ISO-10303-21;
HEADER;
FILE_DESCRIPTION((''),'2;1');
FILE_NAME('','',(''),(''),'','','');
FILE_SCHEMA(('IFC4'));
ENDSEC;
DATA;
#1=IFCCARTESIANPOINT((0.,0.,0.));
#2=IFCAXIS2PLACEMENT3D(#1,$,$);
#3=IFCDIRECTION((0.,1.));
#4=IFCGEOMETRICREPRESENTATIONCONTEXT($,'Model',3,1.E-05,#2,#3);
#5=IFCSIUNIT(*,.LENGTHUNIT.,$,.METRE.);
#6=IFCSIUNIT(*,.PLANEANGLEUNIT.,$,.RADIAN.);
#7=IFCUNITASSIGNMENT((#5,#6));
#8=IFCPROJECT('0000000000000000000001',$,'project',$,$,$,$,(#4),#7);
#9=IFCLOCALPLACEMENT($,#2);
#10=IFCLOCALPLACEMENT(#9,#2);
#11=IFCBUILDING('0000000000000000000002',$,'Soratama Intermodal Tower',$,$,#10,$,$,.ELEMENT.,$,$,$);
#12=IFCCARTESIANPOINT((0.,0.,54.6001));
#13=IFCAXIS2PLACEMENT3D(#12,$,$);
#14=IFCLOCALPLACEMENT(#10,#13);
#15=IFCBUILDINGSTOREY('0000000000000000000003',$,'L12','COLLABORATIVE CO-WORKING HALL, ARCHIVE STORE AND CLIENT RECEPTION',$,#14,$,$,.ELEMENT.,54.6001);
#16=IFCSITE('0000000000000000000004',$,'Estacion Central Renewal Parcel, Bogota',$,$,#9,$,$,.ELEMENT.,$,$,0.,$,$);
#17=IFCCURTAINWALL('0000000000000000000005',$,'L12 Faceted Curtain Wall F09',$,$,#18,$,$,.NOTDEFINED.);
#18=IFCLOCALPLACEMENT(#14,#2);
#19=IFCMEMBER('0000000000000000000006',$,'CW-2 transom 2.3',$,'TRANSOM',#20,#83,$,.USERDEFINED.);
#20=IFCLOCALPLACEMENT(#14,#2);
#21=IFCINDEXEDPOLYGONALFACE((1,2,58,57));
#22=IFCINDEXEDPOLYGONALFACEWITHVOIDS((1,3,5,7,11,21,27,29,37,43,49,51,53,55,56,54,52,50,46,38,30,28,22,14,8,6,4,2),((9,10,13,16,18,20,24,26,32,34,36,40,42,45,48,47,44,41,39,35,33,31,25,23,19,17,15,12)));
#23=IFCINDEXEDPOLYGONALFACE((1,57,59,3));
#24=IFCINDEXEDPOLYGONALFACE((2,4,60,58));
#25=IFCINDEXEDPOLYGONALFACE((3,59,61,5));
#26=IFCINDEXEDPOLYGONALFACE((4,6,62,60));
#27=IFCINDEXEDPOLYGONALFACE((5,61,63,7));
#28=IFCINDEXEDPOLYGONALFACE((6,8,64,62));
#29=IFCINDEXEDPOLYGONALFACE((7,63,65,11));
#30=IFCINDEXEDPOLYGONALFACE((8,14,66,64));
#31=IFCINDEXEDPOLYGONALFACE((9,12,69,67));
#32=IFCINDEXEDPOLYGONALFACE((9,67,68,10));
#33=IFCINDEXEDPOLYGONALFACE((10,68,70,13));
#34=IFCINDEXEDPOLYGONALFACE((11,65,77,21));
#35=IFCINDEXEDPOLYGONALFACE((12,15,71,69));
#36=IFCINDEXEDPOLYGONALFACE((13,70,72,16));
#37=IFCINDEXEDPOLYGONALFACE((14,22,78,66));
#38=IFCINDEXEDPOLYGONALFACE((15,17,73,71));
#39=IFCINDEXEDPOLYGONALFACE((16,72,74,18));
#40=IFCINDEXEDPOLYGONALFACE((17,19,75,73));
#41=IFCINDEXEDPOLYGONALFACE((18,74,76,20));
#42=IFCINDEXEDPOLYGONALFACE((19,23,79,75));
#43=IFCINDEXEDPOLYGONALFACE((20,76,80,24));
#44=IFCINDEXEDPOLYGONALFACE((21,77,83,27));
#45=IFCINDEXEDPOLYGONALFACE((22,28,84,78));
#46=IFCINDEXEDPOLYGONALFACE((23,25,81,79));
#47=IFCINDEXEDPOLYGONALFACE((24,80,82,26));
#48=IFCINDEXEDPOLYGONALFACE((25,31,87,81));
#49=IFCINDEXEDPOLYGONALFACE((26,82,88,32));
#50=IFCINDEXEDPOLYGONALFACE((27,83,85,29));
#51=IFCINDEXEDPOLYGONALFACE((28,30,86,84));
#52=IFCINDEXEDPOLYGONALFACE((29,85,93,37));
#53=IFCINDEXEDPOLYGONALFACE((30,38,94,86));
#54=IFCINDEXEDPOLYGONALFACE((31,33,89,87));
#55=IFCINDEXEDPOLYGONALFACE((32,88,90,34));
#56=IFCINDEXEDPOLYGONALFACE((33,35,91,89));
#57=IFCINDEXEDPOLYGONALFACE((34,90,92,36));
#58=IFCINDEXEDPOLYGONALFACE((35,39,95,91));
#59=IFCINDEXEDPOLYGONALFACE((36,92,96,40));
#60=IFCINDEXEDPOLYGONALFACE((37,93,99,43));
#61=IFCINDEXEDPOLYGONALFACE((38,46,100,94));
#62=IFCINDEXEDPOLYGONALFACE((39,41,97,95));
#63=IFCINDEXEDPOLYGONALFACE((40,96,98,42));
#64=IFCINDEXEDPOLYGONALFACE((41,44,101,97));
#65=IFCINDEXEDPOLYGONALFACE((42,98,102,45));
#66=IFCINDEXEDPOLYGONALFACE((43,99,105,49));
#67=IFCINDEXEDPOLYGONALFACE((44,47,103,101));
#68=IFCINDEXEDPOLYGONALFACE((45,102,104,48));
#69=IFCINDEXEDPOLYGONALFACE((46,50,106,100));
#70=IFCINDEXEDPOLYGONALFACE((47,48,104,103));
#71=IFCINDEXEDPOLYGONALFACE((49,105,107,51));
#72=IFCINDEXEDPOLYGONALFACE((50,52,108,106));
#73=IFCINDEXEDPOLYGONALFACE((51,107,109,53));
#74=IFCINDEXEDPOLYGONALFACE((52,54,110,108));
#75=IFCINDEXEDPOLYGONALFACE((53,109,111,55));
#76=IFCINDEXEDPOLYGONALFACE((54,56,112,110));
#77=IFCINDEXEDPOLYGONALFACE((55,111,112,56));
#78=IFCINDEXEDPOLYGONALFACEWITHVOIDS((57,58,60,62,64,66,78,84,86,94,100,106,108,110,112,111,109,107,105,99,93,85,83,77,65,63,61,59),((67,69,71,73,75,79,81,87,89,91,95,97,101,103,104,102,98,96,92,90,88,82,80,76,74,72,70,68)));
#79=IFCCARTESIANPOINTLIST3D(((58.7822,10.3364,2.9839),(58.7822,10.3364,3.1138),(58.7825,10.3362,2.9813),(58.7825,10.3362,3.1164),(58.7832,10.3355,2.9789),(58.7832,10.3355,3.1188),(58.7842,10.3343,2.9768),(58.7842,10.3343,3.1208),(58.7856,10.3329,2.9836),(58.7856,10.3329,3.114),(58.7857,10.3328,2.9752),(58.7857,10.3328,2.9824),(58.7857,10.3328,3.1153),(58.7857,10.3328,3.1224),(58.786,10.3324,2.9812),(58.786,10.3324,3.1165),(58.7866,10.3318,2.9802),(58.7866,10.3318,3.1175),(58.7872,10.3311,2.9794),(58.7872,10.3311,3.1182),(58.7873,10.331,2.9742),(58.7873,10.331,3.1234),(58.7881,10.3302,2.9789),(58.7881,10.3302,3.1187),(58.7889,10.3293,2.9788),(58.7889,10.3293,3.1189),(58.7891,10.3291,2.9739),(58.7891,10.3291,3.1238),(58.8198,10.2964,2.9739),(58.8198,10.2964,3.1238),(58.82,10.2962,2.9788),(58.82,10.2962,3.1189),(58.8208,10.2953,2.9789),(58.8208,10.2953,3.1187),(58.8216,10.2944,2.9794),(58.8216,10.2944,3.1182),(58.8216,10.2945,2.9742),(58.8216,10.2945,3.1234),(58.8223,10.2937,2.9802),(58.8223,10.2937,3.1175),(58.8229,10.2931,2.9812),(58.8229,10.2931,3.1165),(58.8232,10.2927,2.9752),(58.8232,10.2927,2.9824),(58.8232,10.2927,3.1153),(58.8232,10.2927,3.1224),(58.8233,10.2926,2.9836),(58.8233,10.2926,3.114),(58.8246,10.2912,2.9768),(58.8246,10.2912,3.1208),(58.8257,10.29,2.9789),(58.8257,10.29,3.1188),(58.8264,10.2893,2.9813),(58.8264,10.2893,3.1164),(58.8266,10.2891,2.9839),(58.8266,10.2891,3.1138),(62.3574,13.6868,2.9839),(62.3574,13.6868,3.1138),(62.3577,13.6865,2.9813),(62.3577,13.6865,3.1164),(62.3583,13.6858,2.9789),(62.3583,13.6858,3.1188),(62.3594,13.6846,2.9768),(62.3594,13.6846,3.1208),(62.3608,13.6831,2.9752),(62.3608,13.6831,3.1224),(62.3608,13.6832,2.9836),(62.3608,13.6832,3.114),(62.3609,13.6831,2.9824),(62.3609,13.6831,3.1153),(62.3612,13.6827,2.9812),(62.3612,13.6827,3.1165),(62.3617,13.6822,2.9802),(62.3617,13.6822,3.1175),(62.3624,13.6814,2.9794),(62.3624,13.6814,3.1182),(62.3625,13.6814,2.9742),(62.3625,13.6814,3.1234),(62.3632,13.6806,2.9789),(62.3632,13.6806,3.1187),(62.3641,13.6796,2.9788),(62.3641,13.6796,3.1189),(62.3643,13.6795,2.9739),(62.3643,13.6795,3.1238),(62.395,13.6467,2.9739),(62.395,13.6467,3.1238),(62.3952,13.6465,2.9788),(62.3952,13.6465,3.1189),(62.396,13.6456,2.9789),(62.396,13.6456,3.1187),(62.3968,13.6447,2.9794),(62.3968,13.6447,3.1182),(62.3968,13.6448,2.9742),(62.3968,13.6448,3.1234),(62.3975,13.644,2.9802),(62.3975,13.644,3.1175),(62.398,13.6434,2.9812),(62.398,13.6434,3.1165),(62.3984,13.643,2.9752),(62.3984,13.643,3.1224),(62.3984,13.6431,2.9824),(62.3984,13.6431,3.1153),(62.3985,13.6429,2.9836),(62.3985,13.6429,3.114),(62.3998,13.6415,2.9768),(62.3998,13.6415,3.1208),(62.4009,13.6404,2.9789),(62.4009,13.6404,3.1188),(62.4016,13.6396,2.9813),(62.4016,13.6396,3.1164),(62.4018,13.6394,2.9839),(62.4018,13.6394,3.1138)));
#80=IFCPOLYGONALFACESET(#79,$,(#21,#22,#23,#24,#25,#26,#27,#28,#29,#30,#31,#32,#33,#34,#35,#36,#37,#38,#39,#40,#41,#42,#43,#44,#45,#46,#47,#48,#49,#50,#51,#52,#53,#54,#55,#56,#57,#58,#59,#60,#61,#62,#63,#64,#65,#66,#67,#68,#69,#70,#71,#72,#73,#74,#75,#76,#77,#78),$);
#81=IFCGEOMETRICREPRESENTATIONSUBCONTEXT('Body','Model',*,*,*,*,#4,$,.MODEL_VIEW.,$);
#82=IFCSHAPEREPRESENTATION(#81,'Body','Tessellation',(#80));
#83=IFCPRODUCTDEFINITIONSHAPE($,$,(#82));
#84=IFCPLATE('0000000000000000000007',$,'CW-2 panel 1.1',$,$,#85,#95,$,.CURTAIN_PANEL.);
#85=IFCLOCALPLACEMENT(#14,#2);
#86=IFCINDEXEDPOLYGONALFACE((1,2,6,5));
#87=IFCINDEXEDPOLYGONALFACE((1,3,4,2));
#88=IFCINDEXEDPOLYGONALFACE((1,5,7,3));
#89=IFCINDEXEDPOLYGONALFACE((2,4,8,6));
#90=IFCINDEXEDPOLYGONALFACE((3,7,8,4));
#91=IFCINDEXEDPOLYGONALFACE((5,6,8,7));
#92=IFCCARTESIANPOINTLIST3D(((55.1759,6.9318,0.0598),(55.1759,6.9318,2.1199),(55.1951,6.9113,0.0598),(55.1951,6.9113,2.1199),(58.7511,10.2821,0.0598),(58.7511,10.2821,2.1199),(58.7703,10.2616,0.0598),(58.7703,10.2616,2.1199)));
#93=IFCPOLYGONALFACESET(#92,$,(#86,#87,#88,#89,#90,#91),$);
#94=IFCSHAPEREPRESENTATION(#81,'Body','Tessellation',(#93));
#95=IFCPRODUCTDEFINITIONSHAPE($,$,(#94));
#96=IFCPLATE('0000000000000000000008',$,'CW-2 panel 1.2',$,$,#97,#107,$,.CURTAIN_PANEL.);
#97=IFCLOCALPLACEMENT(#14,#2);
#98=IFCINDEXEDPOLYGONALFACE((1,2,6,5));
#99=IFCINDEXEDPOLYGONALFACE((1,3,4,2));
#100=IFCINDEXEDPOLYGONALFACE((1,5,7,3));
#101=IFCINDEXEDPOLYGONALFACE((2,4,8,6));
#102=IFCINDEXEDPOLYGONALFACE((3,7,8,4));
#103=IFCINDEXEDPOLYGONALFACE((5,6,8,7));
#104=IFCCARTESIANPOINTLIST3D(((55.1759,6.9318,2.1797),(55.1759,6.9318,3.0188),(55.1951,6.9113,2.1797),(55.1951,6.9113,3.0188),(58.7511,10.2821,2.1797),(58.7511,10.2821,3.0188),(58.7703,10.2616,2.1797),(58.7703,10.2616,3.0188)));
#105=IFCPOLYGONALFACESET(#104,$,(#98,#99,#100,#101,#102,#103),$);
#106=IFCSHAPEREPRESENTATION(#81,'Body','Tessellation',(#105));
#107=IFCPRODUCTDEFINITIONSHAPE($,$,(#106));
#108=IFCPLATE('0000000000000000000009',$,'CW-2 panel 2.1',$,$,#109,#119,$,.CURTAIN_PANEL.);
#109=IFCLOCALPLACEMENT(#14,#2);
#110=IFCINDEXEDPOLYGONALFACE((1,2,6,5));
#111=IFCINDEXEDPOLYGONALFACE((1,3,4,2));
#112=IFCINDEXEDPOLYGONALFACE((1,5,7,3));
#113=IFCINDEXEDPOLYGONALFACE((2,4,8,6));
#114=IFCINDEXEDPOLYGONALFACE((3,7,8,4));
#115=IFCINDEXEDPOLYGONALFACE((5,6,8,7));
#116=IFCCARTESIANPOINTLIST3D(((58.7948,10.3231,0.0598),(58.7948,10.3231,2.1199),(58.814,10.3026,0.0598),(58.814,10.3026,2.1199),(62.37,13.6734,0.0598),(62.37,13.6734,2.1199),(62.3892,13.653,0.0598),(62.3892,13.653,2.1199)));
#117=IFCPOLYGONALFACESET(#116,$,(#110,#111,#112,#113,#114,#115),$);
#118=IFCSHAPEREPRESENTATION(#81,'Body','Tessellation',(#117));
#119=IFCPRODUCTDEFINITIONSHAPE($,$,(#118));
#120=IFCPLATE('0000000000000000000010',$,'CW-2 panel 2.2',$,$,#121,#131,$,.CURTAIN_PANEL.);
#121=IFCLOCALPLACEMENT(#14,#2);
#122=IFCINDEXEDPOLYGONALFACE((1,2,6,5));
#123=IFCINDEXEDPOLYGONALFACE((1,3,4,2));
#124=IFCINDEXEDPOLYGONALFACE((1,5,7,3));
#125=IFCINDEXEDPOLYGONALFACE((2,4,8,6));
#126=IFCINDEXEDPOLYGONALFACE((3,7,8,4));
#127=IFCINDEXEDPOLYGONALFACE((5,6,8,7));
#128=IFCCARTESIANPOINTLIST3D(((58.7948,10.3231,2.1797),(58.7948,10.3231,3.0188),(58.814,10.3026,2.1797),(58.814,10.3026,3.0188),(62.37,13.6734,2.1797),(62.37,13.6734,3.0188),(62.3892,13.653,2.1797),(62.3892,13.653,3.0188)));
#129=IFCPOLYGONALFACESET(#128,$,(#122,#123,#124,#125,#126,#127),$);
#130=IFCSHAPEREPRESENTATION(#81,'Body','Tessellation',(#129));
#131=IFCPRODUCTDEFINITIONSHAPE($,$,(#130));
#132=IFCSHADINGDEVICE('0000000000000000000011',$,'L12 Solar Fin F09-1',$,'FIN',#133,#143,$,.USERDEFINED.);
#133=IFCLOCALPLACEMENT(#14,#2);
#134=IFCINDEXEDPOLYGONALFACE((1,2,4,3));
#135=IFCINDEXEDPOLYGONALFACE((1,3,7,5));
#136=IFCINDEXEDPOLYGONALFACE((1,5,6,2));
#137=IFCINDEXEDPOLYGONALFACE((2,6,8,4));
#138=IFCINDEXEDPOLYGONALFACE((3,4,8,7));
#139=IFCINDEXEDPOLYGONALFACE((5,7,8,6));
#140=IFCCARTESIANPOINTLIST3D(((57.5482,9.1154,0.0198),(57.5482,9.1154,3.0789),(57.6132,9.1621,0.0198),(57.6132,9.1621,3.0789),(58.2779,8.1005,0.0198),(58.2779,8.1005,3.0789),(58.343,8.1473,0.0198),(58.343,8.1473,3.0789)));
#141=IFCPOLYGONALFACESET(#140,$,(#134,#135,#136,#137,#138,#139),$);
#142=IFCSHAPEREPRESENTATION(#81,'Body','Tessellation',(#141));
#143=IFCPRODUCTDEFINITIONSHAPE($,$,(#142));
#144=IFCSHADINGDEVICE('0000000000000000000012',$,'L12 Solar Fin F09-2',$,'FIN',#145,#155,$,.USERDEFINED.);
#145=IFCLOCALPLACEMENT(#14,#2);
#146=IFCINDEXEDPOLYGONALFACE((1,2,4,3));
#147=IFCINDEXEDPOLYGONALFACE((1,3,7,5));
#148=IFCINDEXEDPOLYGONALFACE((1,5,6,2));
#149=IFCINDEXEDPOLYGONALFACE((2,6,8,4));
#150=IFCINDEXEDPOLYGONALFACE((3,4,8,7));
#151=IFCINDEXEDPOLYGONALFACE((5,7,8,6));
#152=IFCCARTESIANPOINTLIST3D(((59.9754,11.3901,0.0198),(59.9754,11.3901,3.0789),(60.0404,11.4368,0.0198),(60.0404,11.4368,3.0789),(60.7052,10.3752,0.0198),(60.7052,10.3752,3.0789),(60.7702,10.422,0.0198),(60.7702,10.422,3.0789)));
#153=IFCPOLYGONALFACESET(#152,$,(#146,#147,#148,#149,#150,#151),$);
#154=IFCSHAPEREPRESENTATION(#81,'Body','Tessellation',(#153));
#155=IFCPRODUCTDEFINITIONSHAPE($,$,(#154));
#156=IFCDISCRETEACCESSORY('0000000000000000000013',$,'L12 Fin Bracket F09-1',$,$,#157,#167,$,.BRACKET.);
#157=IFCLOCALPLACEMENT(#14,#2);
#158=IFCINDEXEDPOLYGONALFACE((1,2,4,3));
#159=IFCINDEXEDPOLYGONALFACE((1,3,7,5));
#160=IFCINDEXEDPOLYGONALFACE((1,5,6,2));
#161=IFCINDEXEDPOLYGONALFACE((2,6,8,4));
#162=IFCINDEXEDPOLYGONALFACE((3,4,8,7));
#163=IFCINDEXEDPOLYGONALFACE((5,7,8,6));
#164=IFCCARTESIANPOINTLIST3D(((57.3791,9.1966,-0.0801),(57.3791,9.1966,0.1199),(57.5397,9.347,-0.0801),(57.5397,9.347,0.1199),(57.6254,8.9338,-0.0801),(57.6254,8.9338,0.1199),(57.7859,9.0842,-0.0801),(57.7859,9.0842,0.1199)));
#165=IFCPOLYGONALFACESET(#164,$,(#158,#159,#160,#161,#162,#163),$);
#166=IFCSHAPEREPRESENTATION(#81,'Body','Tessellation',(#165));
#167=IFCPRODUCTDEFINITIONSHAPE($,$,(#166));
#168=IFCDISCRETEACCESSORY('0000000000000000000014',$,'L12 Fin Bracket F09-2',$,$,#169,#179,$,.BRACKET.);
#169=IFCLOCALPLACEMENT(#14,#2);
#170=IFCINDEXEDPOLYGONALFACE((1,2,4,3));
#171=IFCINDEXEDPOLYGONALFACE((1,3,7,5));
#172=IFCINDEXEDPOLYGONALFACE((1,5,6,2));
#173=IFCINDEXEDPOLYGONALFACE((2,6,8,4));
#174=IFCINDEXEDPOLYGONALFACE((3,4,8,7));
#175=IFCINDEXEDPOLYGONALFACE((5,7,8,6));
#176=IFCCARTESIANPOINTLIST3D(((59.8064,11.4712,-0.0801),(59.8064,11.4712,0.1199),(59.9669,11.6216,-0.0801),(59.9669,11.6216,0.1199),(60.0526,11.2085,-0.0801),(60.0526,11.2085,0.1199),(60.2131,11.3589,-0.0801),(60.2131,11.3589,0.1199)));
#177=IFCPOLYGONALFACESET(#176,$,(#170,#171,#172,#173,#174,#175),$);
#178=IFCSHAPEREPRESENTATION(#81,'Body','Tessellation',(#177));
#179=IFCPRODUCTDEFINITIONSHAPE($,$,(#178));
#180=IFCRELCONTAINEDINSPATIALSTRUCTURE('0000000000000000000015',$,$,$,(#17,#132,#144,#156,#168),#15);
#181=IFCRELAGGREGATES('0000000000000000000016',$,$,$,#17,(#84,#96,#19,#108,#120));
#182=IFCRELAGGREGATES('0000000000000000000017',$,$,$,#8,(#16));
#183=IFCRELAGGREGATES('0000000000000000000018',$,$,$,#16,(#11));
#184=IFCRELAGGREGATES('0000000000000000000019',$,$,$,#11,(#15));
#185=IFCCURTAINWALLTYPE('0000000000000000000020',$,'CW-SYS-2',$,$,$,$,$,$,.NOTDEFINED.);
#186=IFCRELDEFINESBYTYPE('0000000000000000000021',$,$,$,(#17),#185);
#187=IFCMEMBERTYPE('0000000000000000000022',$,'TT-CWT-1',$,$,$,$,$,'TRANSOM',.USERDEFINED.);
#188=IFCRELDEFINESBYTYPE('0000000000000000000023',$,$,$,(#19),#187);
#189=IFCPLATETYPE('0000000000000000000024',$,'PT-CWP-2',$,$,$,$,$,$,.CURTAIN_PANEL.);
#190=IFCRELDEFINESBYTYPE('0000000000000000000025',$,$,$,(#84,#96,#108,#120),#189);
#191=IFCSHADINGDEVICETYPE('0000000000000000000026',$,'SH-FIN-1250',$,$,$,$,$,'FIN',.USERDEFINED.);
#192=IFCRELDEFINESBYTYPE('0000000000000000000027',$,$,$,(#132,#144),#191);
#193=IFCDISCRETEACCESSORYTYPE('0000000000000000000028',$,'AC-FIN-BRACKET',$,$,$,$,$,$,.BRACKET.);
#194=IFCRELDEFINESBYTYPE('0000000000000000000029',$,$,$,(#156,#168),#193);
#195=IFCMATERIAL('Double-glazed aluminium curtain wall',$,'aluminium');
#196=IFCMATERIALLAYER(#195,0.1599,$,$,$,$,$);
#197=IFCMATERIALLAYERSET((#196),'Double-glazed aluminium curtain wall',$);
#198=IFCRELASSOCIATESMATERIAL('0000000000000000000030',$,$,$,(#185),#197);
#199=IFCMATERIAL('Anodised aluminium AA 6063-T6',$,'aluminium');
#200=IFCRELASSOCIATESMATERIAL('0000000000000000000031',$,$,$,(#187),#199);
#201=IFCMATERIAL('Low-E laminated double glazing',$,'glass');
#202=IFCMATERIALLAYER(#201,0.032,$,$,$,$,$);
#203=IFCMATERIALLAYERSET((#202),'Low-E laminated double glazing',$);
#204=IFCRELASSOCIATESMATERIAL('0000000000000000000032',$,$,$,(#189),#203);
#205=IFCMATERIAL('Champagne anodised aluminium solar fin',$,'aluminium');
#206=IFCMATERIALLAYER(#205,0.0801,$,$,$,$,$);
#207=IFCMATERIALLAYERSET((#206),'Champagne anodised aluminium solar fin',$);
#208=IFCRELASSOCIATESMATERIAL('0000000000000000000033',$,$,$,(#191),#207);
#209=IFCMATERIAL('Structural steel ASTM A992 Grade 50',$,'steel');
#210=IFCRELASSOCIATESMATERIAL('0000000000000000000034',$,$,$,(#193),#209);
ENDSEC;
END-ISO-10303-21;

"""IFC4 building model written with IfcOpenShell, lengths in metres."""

from ifc_helpers import new_model, si_unit, direction, frame, origin, origin_2d, place, context, subcontext, project, spatial, rectangle, hollow_rectangle, extrude, material, layer, layer_set, material_profile, profile_set, type_object, element, aggregate, save


model = new_model("IFC4")

# Units and contexts
model_context = context("Model", 3, precision=1e-05, world=origin(), true_north=direction((0.0, 1.0)))
body_context = subcontext(model_context, "Body", "Model", "MODEL_VIEW")
ifc_project = project(units=[si_unit("LENGTHUNIT", "METRE"), si_unit("PLANEANGLEUNIT", "RADIAN")], contexts=[model_context])

# Site, building, storey
site_placement = place(None, origin())
site = spatial("IfcSite", under=ifc_project, at=site_placement, Name="Estacion Central Renewal Parcel, Bogota", CompositionType="ELEMENT", RefElevation=0.0)
building_placement = place(site_placement, origin())
building = spatial("IfcBuilding", under=site, at=building_placement, Name="Soratama Intermodal Tower", CompositionType="ELEMENT")
storey_placement = place(building_placement, frame((0.0, 0.0, 54.6001)))
storey = spatial("IfcBuildingStorey", under=building, at=storey_placement, Name="L12", Description="COLLABORATIVE CO-WORKING HALL, ARCHIVE STORE AND CLIENT RECEPTION", CompositionType="ELEMENT", Elevation=54.6001)

# Curtain wall, member, plates
ifc_material_1 = material(Name="Double-glazed aluminium curtain wall", Category="aluminium")
ifc_layer_1 = layer(ifc_material_1, 0.1599)
ifc_layer_set_1 = layer_set([ifc_layer_1], Name="Double-glazed aluminium curtain wall")
curtain_wall_type = type_object("IfcCurtainWallType", Name="CW-SYS-2", PredefinedType="NOTDEFINED", material=ifc_layer_set_1)
curtain_wall_placement = place(storey_placement, origin())
curtain_wall = element("IfcCurtainWall", 1, at=curtain_wall_placement, inside=storey, type_object=curtain_wall_type, Name="L12 Faceted Curtain Wall F09", PredefinedType="NOTDEFINED")
ifc_material_2 = material(Name="Anodised aluminium AA 6063-T6", Category="aluminium")
ifc_material_profile_1 = material_profile(ifc_material_2, hollow_rectangle(XDim=0.0649, YDim=0.1499, WallThickness=0.0049, InnerFilletRadius=0.0049, OuterFilletRadius=0.01, at=origin_2d()), Name="CWT150X65X5")
ifc_profile_set_1 = profile_set([ifc_material_profile_1], Name="Anodised aluminium AA 6063-T6")
member_type_1 = type_object("IfcMemberType", Name="TT-CWT-1", ElementType="TRANSOM", PredefinedType="USERDEFINED", material=ifc_profile_set_1)
member_1_placement = place(storey_placement, frame((58.8044, 10.3127, 3.0488), z_axis=(0.72968, 0.683789, 0.0), x_axis=(-0.683789, 0.72968, 0.0)))
member_1 = element("IfcMember", 2, at=member_1_placement, type_object=member_type_1, Name="CW-2 transom 2.3", ObjectType="TRANSOM", PredefinedType="USERDEFINED", context=body_context, shape_type="SweptSolid", body=[
    extrude(hollow_rectangle(XDim=0.0649, YDim=0.1499, WallThickness=0.0049, InnerFilletRadius=0.0049, OuterFilletRadius=0.01, at=origin_2d()), origin(), (0.0, 0.0, 1.0), 4.8997),
])
ifc_material_3 = material(Name="Low-E laminated double glazing", Category="glass")
ifc_layer_2 = layer(ifc_material_3, 0.032)
ifc_layer_set_2 = layer_set([ifc_layer_2], Name="Low-E laminated double glazing")
plate_type = type_object("IfcPlateType", Name="PT-CWP-2", PredefinedType="CURTAIN_PANEL", material=ifc_layer_set_2)
plate_1_placement = place(storey_placement, frame((56.9731, 8.5967, 0.0598), z_axis=(0.0, 0.0, 1.0), x_axis=(0.729682, 0.683786, 0.0)))
plate_1 = element("IfcPlate", 3, at=plate_1_placement, type_object=plate_type, Name="CW-2 panel 1.1", PredefinedType="CURTAIN_PANEL", context=body_context, shape_type="SweptSolid", body=[
    extrude(rectangle(XDim=4.8997, YDim=0.0281, at=origin_2d()), origin(), (0.0, 0.0, 1.0), 2.0601),
])
plate_2_placement = place(storey_placement, frame((56.9731, 8.5967, 2.1797), z_axis=(0.0, 0.0, 1.0), x_axis=(0.729682, 0.683786, 0.0)))
plate_2 = element("IfcPlate", 4, at=plate_2_placement, type_object=plate_type, Name="CW-2 panel 1.2", PredefinedType="CURTAIN_PANEL", context=body_context, shape_type="SweptSolid", body=[
    extrude(rectangle(XDim=4.8997, YDim=0.0281, at=origin_2d()), origin(), (0.0, 0.0, 1.0), 0.8391),
])
plate_3_placement = place(storey_placement, frame((60.592, 11.988, 0.0598), z_axis=(0.0, 0.0, 1.0), x_axis=(0.729682, 0.683786, 0.0)))
plate_3 = element("IfcPlate", 5, at=plate_3_placement, type_object=plate_type, Name="CW-2 panel 2.1", PredefinedType="CURTAIN_PANEL", context=body_context, shape_type="SweptSolid", body=[
    extrude(rectangle(XDim=4.8997, YDim=0.0281, at=origin_2d()), origin(), (0.0, 0.0, 1.0), 2.0601),
])
plate_4_placement = place(storey_placement, frame((60.592, 11.988, 2.1797), z_axis=(0.0, 0.0, 1.0), x_axis=(0.729682, 0.683786, 0.0)))
plate_4 = element("IfcPlate", 6, at=plate_4_placement, type_object=plate_type, Name="CW-2 panel 2.2", PredefinedType="CURTAIN_PANEL", context=body_context, shape_type="SweptSolid", body=[
    extrude(rectangle(XDim=4.8997, YDim=0.0281, at=origin_2d()), origin(), (0.0, 0.0, 1.0), 0.8391),
])
aggregate(curtain_wall, [plate_1, plate_2, member_1, plate_3, plate_4])

# Shading devices
ifc_material_4 = material(Name="Champagne anodised aluminium solar fin", Category="aluminium")
ifc_layer_3 = layer(ifc_material_4, 0.0801)
ifc_layer_set_3 = layer_set([ifc_layer_3], Name="Champagne anodised aluminium solar fin")
shading_device_type = type_object("IfcShadingDeviceType", Name="SH-FIN-1250", ElementType="FIN", PredefinedType="USERDEFINED", material=ifc_layer_set_3)
for number, where, z_axis, x_axis, name in (
    (7, (57.9456, 8.6313, 0.0198), (0.0, 0.0, 1.0), (0.583825, -0.81188, 0.0), "L12 Solar Fin F09-1"),
    (8, (60.3728, 10.906, 0.0198), (0.0, 0.0, 1.0), (0.583825, -0.81188, 0.0), "L12 Solar Fin F09-2"),
):
    element("IfcShadingDevice", number, at=place(storey_placement, frame(where, z_axis=z_axis, x_axis=x_axis)), inside=storey, type_object=shading_device_type, Name=name, ObjectType="FIN", PredefinedType="USERDEFINED", context=body_context, shape_type="SweptSolid", body=[
        extrude(rectangle(XDim=1.25, YDim=0.0801, at=origin_2d()), origin(), (0.0, 0.0, 1.0), 3.0591),
    ])

# Discrete accessories
ifc_material_5 = material(Name="Structural steel ASTM A992 Grade 50", Category="steel")
discrete_accessory_type = type_object("IfcDiscreteAccessoryType", Name="AC-FIN-BRACKET", PredefinedType="BRACKET", material=ifc_material_5)
for number, where, z_axis, x_axis, name in (
    (9, (57.5825, 9.1404, -0.0801), (0.0, 0.0, 1.0), (0.683783, -0.729685, 0.0), "L12 Fin Bracket F09-1"),
    (10, (60.0098, 11.415, -0.0801), (0.0, 0.0, 1.0), (0.683783, -0.729685, 0.0), "L12 Fin Bracket F09-2"),
):
    element("IfcDiscreteAccessory", number, at=place(storey_placement, frame(where, z_axis=z_axis, x_axis=x_axis)), inside=storey, type_object=discrete_accessory_type, Name=name, PredefinedType="BRACKET", context=body_context, shape_type="SweptSolid", body=[
        extrude(rectangle(XDim=0.3601, YDim=0.22, at=origin_2d()), origin(), (0.0, 0.0, 1.0), 0.2),
    ])

save(model, "model.ifc")
